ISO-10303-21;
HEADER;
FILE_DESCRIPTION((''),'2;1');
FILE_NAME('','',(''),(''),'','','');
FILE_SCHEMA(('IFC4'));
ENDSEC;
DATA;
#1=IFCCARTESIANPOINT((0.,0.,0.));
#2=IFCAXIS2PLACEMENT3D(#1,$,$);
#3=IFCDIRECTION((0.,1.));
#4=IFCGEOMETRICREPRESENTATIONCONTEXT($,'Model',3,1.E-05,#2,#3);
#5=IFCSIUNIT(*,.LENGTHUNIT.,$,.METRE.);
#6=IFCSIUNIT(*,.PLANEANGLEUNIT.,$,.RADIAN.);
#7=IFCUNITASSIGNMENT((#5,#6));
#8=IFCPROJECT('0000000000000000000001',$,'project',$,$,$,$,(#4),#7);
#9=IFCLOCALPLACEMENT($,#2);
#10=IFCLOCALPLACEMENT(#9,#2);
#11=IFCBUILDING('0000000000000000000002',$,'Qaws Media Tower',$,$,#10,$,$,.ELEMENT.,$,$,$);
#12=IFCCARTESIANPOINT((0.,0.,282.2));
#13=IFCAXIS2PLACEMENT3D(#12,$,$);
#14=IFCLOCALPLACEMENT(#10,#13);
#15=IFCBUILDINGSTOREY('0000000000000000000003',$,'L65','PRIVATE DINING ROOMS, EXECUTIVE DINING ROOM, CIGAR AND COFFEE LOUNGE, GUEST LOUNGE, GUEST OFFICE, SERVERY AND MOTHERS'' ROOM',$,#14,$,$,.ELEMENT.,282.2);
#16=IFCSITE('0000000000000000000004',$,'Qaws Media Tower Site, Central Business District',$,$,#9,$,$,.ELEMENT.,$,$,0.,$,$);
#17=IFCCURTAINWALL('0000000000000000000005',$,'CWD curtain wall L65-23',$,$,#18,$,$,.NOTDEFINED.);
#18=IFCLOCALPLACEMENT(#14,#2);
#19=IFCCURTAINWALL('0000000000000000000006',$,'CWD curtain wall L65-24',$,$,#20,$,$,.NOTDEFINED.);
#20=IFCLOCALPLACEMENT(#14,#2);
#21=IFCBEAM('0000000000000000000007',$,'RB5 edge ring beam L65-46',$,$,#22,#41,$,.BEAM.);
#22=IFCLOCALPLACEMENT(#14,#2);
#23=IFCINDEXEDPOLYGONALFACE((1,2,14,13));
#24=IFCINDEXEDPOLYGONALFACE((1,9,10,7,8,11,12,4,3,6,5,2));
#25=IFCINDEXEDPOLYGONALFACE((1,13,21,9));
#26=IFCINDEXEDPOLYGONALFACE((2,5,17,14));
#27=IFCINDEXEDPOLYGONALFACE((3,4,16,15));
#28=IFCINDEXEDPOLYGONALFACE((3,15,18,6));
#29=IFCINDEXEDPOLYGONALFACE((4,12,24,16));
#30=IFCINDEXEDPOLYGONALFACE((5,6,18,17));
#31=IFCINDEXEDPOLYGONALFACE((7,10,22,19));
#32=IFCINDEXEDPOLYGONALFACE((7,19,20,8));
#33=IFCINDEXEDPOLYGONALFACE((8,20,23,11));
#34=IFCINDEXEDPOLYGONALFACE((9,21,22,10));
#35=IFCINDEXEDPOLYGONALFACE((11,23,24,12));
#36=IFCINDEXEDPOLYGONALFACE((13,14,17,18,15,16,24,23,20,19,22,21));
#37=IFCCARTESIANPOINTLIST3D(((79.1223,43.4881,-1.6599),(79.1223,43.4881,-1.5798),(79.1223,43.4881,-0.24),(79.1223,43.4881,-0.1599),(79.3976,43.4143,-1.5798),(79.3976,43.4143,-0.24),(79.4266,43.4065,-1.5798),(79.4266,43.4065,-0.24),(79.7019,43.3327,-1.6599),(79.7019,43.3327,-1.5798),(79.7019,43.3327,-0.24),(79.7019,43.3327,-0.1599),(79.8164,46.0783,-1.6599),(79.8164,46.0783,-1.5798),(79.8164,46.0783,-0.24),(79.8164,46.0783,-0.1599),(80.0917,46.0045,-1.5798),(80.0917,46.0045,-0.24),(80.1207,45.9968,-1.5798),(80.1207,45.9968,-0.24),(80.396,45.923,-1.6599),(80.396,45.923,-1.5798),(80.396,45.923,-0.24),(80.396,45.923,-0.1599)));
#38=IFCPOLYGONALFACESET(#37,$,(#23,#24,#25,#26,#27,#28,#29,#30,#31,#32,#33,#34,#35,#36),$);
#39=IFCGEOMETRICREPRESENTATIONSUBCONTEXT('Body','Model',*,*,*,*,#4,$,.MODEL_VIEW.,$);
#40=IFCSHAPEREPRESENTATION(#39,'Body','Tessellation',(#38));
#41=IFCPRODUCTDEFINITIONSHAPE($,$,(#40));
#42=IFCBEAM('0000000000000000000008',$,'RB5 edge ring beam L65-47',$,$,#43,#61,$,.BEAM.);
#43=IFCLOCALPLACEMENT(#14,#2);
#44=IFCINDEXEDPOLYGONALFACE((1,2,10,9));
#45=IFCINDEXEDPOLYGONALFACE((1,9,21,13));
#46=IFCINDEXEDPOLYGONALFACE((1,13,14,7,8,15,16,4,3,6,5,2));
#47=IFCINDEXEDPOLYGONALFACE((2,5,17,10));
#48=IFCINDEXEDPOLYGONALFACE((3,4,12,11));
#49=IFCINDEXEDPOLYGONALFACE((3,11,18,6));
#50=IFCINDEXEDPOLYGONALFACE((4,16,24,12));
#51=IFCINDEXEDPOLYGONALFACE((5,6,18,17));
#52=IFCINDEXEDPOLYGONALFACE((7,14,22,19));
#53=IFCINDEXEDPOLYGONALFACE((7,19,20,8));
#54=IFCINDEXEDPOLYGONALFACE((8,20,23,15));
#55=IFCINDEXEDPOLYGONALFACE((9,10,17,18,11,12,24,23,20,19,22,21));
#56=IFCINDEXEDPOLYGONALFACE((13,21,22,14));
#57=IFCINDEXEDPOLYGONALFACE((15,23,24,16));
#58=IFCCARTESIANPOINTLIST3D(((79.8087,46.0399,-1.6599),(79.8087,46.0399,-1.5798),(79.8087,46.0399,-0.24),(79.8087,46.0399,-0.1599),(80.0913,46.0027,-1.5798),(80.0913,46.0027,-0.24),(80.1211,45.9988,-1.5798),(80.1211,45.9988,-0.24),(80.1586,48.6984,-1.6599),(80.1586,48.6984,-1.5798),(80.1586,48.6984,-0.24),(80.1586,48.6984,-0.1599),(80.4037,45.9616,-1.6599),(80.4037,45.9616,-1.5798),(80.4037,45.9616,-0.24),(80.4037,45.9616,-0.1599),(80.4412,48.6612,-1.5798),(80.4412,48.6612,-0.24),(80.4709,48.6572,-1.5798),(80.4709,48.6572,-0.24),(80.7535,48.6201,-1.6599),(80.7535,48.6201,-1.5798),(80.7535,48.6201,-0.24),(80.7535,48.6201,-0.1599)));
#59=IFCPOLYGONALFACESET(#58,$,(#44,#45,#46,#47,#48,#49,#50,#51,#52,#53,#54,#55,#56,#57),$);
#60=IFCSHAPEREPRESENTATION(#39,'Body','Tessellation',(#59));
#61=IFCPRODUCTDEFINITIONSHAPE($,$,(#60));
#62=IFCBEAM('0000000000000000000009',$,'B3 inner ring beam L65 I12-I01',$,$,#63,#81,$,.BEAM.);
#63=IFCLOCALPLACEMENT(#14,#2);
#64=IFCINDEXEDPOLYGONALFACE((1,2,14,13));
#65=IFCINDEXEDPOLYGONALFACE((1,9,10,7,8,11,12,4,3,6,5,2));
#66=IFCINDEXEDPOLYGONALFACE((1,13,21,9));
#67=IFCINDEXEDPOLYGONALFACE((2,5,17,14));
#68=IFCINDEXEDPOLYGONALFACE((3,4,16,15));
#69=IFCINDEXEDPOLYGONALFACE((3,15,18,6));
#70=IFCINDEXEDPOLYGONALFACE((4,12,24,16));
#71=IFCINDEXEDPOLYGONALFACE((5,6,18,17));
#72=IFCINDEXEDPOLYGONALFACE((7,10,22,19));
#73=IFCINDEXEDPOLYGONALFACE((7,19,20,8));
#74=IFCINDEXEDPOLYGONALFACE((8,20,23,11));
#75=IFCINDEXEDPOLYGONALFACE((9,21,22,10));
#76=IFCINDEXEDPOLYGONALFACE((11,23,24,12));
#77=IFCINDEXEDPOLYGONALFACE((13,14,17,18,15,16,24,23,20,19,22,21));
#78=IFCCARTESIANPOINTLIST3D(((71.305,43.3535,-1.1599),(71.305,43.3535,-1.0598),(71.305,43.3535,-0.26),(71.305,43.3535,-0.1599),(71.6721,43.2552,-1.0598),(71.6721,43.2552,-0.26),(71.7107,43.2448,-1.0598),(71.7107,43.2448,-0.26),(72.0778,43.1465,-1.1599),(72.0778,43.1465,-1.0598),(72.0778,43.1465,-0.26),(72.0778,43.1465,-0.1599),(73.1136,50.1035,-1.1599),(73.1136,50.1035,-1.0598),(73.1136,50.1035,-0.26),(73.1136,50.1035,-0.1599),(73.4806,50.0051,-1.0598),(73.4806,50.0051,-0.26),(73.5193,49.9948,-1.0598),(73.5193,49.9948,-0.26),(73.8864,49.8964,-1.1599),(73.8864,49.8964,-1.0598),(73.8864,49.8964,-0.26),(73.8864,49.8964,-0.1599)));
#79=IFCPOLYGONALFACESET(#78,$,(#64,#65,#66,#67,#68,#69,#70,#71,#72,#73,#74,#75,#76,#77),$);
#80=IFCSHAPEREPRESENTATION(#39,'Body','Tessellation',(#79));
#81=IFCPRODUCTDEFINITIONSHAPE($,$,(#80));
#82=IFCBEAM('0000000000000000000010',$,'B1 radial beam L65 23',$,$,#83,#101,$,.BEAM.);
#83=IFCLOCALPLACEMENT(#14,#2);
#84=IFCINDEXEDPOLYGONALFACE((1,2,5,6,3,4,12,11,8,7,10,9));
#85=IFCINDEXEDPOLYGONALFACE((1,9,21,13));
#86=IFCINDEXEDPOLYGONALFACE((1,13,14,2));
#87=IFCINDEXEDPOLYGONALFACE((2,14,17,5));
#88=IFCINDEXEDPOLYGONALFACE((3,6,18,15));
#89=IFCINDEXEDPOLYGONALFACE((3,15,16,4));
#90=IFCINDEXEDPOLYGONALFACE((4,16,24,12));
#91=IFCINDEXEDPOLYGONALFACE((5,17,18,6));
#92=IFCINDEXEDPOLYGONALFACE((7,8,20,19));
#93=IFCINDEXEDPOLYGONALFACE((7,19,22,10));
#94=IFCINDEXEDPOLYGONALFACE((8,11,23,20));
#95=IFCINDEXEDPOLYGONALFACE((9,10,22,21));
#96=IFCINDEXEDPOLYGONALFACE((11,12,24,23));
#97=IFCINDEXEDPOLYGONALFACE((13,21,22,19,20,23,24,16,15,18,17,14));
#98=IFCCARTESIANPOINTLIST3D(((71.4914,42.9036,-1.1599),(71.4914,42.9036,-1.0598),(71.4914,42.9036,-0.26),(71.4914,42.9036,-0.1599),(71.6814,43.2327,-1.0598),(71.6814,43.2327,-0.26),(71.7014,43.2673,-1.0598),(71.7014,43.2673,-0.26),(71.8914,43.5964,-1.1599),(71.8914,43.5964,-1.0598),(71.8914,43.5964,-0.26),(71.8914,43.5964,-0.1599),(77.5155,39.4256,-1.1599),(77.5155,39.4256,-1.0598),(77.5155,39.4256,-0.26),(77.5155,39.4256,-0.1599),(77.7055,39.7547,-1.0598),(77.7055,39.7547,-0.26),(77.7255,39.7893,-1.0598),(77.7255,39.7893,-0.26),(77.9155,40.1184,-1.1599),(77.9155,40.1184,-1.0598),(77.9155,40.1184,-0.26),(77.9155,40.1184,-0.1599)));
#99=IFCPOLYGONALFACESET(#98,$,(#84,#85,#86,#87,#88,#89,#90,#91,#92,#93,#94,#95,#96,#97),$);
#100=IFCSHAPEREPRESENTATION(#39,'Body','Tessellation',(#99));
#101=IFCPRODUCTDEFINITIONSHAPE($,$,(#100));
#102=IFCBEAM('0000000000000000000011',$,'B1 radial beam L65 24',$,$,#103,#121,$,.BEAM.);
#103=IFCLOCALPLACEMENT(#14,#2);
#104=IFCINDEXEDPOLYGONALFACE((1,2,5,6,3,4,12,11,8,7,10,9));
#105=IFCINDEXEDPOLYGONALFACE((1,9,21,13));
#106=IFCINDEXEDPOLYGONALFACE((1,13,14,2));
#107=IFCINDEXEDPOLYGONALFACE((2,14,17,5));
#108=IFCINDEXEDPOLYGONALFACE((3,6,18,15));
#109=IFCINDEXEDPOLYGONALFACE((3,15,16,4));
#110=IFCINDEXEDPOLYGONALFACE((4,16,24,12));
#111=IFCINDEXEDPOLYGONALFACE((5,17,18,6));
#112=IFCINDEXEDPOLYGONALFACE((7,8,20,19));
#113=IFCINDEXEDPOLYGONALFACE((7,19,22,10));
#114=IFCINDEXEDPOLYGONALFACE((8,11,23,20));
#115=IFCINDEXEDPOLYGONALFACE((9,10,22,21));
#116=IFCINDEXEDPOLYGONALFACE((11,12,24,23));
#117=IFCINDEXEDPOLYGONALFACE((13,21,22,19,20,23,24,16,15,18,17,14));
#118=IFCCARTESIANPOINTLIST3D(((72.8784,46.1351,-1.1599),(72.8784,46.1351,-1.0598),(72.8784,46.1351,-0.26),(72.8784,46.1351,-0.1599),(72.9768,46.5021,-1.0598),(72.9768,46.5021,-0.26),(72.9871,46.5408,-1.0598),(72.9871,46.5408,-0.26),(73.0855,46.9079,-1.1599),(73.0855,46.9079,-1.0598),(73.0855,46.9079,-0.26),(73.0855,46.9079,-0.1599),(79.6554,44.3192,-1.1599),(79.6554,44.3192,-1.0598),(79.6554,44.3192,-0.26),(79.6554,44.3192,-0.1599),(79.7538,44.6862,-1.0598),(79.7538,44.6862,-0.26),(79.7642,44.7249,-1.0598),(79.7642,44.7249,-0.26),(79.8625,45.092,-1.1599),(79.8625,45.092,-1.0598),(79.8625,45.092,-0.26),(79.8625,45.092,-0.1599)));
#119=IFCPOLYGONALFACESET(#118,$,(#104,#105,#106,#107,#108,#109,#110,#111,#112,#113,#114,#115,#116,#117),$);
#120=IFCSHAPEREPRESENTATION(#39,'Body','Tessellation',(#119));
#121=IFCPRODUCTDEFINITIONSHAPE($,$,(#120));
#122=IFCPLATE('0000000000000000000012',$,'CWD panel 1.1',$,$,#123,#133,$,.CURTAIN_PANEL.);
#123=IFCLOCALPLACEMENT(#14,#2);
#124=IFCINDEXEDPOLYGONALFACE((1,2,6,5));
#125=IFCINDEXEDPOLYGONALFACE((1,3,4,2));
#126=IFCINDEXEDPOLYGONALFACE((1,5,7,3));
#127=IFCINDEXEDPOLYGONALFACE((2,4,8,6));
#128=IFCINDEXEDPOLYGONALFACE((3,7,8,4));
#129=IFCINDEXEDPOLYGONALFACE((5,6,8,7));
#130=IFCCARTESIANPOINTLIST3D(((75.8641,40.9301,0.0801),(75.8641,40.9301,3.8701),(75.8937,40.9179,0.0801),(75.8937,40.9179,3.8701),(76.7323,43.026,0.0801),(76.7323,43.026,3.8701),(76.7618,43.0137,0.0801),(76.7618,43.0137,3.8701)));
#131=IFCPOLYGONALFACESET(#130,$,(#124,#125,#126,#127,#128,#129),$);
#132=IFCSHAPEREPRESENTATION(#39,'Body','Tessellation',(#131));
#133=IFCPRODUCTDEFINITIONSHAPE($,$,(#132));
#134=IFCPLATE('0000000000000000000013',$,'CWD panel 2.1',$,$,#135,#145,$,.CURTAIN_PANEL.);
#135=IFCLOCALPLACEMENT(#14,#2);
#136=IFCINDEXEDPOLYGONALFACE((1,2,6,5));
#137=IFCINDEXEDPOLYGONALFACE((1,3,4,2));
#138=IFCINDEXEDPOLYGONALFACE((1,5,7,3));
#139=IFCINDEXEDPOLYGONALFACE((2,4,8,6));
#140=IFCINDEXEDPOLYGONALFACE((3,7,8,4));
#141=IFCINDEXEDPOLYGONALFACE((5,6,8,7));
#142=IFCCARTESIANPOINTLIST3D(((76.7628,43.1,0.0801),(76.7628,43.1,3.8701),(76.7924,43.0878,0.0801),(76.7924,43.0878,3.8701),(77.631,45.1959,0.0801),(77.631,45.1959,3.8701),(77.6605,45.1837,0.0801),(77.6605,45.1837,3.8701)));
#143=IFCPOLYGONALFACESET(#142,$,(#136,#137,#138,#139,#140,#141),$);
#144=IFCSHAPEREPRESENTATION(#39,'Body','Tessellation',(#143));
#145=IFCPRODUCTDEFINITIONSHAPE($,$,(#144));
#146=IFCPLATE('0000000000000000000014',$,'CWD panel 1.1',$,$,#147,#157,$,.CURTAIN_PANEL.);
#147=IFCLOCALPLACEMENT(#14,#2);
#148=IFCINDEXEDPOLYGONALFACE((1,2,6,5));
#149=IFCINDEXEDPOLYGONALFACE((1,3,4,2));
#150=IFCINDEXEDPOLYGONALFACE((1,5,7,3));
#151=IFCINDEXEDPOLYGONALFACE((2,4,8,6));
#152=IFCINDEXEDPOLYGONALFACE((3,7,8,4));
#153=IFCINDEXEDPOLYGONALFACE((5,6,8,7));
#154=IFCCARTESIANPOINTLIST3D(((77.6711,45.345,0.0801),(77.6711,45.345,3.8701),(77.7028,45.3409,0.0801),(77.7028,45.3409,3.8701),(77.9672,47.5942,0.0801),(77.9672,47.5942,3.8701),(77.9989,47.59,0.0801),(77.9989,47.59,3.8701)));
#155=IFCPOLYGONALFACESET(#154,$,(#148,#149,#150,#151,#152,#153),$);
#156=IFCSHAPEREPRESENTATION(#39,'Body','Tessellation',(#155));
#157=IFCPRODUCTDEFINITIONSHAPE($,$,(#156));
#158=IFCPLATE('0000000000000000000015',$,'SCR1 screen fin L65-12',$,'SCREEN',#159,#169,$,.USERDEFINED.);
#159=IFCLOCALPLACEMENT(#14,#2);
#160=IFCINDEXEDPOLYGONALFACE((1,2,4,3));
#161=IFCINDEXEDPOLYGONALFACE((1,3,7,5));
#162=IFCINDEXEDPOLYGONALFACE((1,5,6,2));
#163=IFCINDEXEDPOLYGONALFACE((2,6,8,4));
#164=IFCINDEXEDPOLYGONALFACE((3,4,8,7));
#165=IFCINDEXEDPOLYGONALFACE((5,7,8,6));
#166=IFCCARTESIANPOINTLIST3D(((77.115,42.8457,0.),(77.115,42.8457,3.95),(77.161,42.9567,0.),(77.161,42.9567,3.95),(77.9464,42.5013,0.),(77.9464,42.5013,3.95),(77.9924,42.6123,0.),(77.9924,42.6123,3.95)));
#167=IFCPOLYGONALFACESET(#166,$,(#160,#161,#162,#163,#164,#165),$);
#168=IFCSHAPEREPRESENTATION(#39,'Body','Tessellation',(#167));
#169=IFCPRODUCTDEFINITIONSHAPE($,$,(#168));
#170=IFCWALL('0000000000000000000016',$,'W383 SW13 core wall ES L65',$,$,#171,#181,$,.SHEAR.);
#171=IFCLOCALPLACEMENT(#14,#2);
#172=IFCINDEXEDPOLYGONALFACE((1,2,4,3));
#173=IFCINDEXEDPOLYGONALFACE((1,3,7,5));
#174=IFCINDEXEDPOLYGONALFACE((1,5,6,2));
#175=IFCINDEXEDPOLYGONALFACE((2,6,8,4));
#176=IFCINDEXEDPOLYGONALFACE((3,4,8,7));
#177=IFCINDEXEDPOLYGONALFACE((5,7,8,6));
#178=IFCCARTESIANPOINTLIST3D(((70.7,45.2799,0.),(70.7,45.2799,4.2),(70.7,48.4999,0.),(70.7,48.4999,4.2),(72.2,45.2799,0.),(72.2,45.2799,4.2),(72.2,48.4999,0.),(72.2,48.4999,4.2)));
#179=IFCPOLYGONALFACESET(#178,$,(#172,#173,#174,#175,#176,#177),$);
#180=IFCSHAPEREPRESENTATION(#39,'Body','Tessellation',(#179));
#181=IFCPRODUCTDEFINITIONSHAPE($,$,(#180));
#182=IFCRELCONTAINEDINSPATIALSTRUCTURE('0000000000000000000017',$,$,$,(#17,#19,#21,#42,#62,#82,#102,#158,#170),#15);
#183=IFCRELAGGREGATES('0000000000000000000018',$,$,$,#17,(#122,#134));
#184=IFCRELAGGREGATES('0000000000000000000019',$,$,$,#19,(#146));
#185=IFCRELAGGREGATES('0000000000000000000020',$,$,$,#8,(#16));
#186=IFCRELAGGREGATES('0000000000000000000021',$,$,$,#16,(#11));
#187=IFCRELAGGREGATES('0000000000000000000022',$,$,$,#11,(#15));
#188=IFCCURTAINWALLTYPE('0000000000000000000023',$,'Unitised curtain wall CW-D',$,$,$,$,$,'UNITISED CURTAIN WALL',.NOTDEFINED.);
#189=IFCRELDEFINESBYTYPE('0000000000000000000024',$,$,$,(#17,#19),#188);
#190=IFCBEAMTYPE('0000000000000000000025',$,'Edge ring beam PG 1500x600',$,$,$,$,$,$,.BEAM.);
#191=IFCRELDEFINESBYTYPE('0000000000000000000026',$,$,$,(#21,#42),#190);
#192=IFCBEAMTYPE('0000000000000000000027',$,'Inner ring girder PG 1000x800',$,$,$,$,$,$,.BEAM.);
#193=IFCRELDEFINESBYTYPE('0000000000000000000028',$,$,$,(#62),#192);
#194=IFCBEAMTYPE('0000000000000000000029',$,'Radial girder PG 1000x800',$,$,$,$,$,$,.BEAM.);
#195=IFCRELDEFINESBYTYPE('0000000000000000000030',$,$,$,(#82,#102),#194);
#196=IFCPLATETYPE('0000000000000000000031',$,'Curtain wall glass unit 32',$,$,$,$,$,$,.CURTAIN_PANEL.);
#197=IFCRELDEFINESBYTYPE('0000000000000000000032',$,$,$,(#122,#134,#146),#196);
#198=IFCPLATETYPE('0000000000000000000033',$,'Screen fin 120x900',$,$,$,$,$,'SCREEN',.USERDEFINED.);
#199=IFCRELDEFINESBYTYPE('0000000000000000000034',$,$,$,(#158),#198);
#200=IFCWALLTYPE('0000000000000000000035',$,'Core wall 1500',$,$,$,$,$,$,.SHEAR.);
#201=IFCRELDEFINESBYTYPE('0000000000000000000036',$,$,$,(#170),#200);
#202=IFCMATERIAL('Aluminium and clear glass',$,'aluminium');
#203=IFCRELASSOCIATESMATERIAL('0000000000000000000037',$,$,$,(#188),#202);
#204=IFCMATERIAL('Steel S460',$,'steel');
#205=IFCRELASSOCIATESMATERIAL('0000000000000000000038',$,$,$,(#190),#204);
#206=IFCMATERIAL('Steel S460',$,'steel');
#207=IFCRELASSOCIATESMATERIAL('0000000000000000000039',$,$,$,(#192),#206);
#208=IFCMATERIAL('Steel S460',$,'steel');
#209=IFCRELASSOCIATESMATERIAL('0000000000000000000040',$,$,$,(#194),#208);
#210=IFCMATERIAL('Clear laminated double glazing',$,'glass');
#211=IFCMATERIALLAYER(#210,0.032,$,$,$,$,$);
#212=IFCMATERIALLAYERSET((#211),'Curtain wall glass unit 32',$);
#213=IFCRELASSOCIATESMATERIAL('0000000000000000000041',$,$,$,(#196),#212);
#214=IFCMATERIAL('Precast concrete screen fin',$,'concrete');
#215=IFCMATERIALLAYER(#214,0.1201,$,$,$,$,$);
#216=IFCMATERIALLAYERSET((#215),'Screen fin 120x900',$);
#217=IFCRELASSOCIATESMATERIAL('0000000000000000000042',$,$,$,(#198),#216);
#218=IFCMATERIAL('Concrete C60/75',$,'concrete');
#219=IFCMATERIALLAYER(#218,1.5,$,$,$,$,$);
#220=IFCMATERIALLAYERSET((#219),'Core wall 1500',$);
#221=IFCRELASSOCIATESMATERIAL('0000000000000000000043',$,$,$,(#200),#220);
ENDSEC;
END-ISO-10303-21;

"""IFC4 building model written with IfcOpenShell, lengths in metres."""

from ifc_helpers import new_model, si_unit, direction, frame, frame_2d, origin, origin_2d, place, context, subcontext, project, spatial, rectangle, i_section, extrude, material, layer, layer_set, material_profile, profile_set, type_object, element, aggregate, save


model = new_model("IFC4")

# Units and contexts
model_context = context("Model", 3, precision=1e-05, world=origin(), true_north=direction((0.0, 1.0)))
body_context = subcontext(model_context, "Body", "Model", "MODEL_VIEW")
ifc_project = project(units=[si_unit("LENGTHUNIT", "METRE"), si_unit("PLANEANGLEUNIT", "RADIAN")], contexts=[model_context])

# Site, building, storey
site_placement = place(None, origin())
site = spatial("IfcSite", under=ifc_project, at=site_placement, Name="Qaws Media Tower Site, Central Business District", CompositionType="ELEMENT", RefElevation=0.0)
building_placement = place(site_placement, origin())
building = spatial("IfcBuilding", under=site, at=building_placement, Name="Qaws Media Tower", CompositionType="ELEMENT")
storey_placement = place(building_placement, frame((0.0, 0.0, 282.2)))
storey = spatial("IfcBuildingStorey", under=building, at=storey_placement, Name="L65", Description="PRIVATE DINING ROOMS, EXECUTIVE DINING ROOM, CIGAR AND COFFEE LOUNGE, GUEST LOUNGE, GUEST OFFICE, SERVERY AND MOTHERS' ROOM", CompositionType="ELEMENT", Elevation=282.2)

# Curtain walls
ifc_material_1 = material(Name="Aluminium and clear glass", Category="aluminium")
curtain_wall_type = type_object("IfcCurtainWallType", Name="Unitised curtain wall CW-D", ElementType="UNITISED CURTAIN WALL", PredefinedType="NOTDEFINED", material=ifc_material_1)
curtain_wall_1_placement = place(storey_placement, origin())
curtain_wall_1 = element("IfcCurtainWall", 1, at=curtain_wall_1_placement, inside=storey, type_object=curtain_wall_type, Name="CWD curtain wall L65-23", PredefinedType="NOTDEFINED")
curtain_wall_2_placement = place(storey_placement, origin())
curtain_wall_2 = element("IfcCurtainWall", 2, at=curtain_wall_2_placement, inside=storey, type_object=curtain_wall_type, Name="CWD curtain wall L65-24", PredefinedType="NOTDEFINED")

# Beams
ifc_material_2 = material(Name="Steel S460", Category="steel")
ifc_material_profile_1 = material_profile(ifc_material_2, i_section(OverallWidth=0.6001, OverallDepth=1.5, WebThickness=0.03, FlangeThickness=0.0801, at=origin_2d()), Name="PG 1500x600")
ifc_profile_set_1 = profile_set([ifc_material_profile_1], Name="Steel S460")
beam_type_1 = type_object("IfcBeamType", Name="Edge ring beam PG 1500x600", PredefinedType="BEAM", material=ifc_profile_set_1)
beam_1_placement = place(storey_placement, frame((79.4121, 43.4104, -0.9099), z_axis=(0.258824, 0.965924, 0.0), x_axis=(-0.965924, 0.258824, 0.0)))
element("IfcBeam", 3, at=beam_1_placement, inside=storey, type_object=beam_type_1, Name="RB5 edge ring beam L65-46", PredefinedType="BEAM", context=body_context, shape_type="SweptSolid", body=[
    extrude(i_section(OverallWidth=0.6001, OverallDepth=1.5, WebThickness=0.03, FlangeThickness=0.0801, at=origin_2d()), origin(), (0.0, 0.0, 1.0), 2.6816),
])
beam_2_placement = place(storey_placement, frame((80.1062, 46.0007, -0.9099), z_axis=(0.130476, 0.991452, 0.0), x_axis=(-0.991452, 0.130476, 0.0)))
element("IfcBeam", 4, at=beam_2_placement, inside=storey, type_object=beam_type_1, Name="RB5 edge ring beam L65-47", PredefinedType="BEAM", context=body_context, shape_type="SweptSolid", body=[
    extrude(i_section(OverallWidth=0.6001, OverallDepth=1.5, WebThickness=0.03, FlangeThickness=0.0801, at=origin_2d()), origin(), (0.0, 0.0, 1.0), 2.6814),
])
ifc_material_3 = material(Name="Steel S460", Category="steel")
ifc_material_profile_2 = material_profile(ifc_material_3, i_section(OverallWidth=0.8, OverallDepth=1.0, WebThickness=0.04, FlangeThickness=0.1001, at=origin_2d()), Name="PG 1000x800")
ifc_profile_set_2 = profile_set([ifc_material_profile_2], Name="Steel S460")
beam_type_2 = type_object("IfcBeamType", Name="Inner ring girder PG 1000x800", PredefinedType="BEAM", material=ifc_profile_set_2)
beam_3_placement = place(storey_placement, frame((71.6914, 43.25, -0.6599), z_axis=(0.258811, 0.965928, 0.0), x_axis=(-0.965928, 0.258811, 0.0)))
element("IfcBeam", 5, at=beam_3_placement, inside=storey, type_object=beam_type_2, Name="B3 inner ring beam L65 I12-I01", PredefinedType="BEAM", context=body_context, shape_type="SweptSolid", body=[
    extrude(i_section(OverallWidth=0.8, OverallDepth=1.0, WebThickness=0.04, FlangeThickness=0.1001, at=origin_2d()), origin(), (0.0, 0.0, 1.0), 6.988),
])
ifc_material_4 = material(Name="Steel S460", Category="steel")
ifc_material_profile_3 = material_profile(ifc_material_4, i_section(OverallWidth=0.8, OverallDepth=1.0, WebThickness=0.04, FlangeThickness=0.1001, at=origin_2d()), Name="PG 1000x800")
ifc_profile_set_3 = profile_set([ifc_material_profile_3], Name="Steel S460")
beam_type_3 = type_object("IfcBeamType", Name="Radial girder PG 1000x800", PredefinedType="BEAM", material=ifc_profile_set_3)
beam_4_placement = place(storey_placement, frame((71.6914, 43.25, -0.6599), z_axis=(0.866027, -0.499997, 0.0), x_axis=(0.499997, 0.866027, 0.0)))
element("IfcBeam", 6, at=beam_4_placement, inside=storey, type_object=beam_type_3, Name="B1 radial beam L65 23", PredefinedType="BEAM", context=body_context, shape_type="SweptSolid", body=[
    extrude(i_section(OverallWidth=0.8, OverallDepth=1.0, WebThickness=0.04, FlangeThickness=0.1001, at=origin_2d()), origin(), (0.0, 0.0, 1.0), 6.9561),
])
beam_5_placement = place(storey_placement, frame((72.9819, 46.5215, -0.6599), z_axis=(0.965926, -0.258819, 0.0), x_axis=(0.258819, 0.965926, 0.0)))
element("IfcBeam", 7, at=beam_5_placement, inside=storey, type_object=beam_type_3, Name="B1 radial beam L65 24", PredefinedType="BEAM", context=body_context, shape_type="SweptSolid", body=[
    extrude(i_section(OverallWidth=0.8, OverallDepth=1.0, WebThickness=0.04, FlangeThickness=0.1001, at=origin_2d()), origin(), (0.0, 0.0, 1.0), 7.0161),
])

# Plates
ifc_material_5 = material(Name="Clear laminated double glazing", Category="glass")
ifc_layer_1 = layer(ifc_material_5, 0.032)
ifc_layer_set_1 = layer_set([ifc_layer_1], Name="Curtain wall glass unit 32")
plate_type_1 = type_object("IfcPlateType", Name="Curtain wall glass unit 32", PredefinedType="CURTAIN_PANEL", material=ifc_layer_set_1)
plate_1_placement = place(storey_placement, frame((76.313, 41.9719, 0.0801), z_axis=(0.0, 0.0, 1.0), x_axis=(0.382684, 0.923879, 0.0)))
plate_1 = element("IfcPlate", 8, at=plate_1_placement, type_object=plate_type_1, Name="CWD panel 1.1", PredefinedType="CURTAIN_PANEL", context=body_context, shape_type="SweptSolid", body=[
    extrude(rectangle(XDim=2.2686, YDim=0.032, at=origin_2d()), origin(), (0.0, 0.0, 1.0), 3.79),
])
plate_2_placement = place(storey_placement, frame((77.2117, 44.1418, 0.0801), z_axis=(0.0, 0.0, 1.0), x_axis=(0.382684, 0.923879, 0.0)))
plate_2 = element("IfcPlate", 9, at=plate_2_placement, type_object=plate_type_1, Name="CWD panel 2.1", PredefinedType="CURTAIN_PANEL", context=body_context, shape_type="SweptSolid", body=[
    extrude(rectangle(XDim=2.2686, YDim=0.032, at=origin_2d()), origin(), (0.0, 0.0, 1.0), 3.79),
])
aggregate(curtain_wall_1, [plate_1, plate_2])
plate_3_placement = place(storey_placement, frame((77.835, 46.4675, 0.0801), z_axis=(0.0, 0.0, 1.0), x_axis=(0.130526, 0.991445, 0.0)))
plate_3 = element("IfcPlate", 10, at=plate_3_placement, type_object=plate_type_1, Name="CWD panel 1.1", PredefinedType="CURTAIN_PANEL", context=body_context, shape_type="SweptSolid", body=[
    extrude(rectangle(XDim=2.2686, YDim=0.032, at=origin_2d()), origin(), (0.0, 0.0, 1.0), 3.79),
])
aggregate(curtain_wall_2, [plate_3])
ifc_material_6 = material(Name="Precast concrete screen fin", Category="concrete")
ifc_layer_2 = layer(ifc_material_6, 0.1201)
ifc_layer_set_2 = layer_set([ifc_layer_2], Name="Screen fin 120x900")
plate_type_2 = type_object("IfcPlateType", Name="Screen fin 120x900", ElementType="SCREEN", PredefinedType="USERDEFINED", material=ifc_layer_set_2)
plate_4_placement = place(storey_placement, frame((77.5537, 42.729, 0.0), z_axis=(0.0, 0.0, 1.0), x_axis=(0.92388, -0.382683, 0.0)))
element("IfcPlate", 11, at=plate_4_placement, inside=storey, type_object=plate_type_2, Name="SCR1 screen fin L65-12", ObjectType="SCREEN", PredefinedType="USERDEFINED", context=body_context, shape_type="SweptSolid", body=[
    extrude(rectangle(XDim=0.8999, YDim=0.1201, at=origin_2d()), origin(), (0.0, 0.0, 1.0), 3.95),
])

# Wall
ifc_material_7 = material(Name="Concrete C60/75", Category="concrete")
ifc_layer_3 = layer(ifc_material_7, 1.5)
ifc_layer_set_3 = layer_set([ifc_layer_3], Name="Core wall 1500")
wall_type_1 = type_object("IfcWallType", Name="Core wall 1500", PredefinedType="SHEAR", material=ifc_layer_set_3)
wall_1_placement = place(storey_placement, frame((71.45, 45.28, 0.0), z_axis=(0.0, 0.0, 1.0), x_axis=(0.0, 1.0, 0.0)))
element("IfcWall", 12, at=wall_1_placement, inside=storey, type_object=wall_type_1, Name="W383 SW13 core wall ES L65", PredefinedType="SHEAR", context=body_context, shape_type="SweptSolid", body=[
    extrude(rectangle(XDim=3.22, YDim=1.5, at=frame_2d((1.6099, 0.0))), origin(), (0.0, 0.0, 1.0), 4.2),
])

save(model, "model.ifc")
